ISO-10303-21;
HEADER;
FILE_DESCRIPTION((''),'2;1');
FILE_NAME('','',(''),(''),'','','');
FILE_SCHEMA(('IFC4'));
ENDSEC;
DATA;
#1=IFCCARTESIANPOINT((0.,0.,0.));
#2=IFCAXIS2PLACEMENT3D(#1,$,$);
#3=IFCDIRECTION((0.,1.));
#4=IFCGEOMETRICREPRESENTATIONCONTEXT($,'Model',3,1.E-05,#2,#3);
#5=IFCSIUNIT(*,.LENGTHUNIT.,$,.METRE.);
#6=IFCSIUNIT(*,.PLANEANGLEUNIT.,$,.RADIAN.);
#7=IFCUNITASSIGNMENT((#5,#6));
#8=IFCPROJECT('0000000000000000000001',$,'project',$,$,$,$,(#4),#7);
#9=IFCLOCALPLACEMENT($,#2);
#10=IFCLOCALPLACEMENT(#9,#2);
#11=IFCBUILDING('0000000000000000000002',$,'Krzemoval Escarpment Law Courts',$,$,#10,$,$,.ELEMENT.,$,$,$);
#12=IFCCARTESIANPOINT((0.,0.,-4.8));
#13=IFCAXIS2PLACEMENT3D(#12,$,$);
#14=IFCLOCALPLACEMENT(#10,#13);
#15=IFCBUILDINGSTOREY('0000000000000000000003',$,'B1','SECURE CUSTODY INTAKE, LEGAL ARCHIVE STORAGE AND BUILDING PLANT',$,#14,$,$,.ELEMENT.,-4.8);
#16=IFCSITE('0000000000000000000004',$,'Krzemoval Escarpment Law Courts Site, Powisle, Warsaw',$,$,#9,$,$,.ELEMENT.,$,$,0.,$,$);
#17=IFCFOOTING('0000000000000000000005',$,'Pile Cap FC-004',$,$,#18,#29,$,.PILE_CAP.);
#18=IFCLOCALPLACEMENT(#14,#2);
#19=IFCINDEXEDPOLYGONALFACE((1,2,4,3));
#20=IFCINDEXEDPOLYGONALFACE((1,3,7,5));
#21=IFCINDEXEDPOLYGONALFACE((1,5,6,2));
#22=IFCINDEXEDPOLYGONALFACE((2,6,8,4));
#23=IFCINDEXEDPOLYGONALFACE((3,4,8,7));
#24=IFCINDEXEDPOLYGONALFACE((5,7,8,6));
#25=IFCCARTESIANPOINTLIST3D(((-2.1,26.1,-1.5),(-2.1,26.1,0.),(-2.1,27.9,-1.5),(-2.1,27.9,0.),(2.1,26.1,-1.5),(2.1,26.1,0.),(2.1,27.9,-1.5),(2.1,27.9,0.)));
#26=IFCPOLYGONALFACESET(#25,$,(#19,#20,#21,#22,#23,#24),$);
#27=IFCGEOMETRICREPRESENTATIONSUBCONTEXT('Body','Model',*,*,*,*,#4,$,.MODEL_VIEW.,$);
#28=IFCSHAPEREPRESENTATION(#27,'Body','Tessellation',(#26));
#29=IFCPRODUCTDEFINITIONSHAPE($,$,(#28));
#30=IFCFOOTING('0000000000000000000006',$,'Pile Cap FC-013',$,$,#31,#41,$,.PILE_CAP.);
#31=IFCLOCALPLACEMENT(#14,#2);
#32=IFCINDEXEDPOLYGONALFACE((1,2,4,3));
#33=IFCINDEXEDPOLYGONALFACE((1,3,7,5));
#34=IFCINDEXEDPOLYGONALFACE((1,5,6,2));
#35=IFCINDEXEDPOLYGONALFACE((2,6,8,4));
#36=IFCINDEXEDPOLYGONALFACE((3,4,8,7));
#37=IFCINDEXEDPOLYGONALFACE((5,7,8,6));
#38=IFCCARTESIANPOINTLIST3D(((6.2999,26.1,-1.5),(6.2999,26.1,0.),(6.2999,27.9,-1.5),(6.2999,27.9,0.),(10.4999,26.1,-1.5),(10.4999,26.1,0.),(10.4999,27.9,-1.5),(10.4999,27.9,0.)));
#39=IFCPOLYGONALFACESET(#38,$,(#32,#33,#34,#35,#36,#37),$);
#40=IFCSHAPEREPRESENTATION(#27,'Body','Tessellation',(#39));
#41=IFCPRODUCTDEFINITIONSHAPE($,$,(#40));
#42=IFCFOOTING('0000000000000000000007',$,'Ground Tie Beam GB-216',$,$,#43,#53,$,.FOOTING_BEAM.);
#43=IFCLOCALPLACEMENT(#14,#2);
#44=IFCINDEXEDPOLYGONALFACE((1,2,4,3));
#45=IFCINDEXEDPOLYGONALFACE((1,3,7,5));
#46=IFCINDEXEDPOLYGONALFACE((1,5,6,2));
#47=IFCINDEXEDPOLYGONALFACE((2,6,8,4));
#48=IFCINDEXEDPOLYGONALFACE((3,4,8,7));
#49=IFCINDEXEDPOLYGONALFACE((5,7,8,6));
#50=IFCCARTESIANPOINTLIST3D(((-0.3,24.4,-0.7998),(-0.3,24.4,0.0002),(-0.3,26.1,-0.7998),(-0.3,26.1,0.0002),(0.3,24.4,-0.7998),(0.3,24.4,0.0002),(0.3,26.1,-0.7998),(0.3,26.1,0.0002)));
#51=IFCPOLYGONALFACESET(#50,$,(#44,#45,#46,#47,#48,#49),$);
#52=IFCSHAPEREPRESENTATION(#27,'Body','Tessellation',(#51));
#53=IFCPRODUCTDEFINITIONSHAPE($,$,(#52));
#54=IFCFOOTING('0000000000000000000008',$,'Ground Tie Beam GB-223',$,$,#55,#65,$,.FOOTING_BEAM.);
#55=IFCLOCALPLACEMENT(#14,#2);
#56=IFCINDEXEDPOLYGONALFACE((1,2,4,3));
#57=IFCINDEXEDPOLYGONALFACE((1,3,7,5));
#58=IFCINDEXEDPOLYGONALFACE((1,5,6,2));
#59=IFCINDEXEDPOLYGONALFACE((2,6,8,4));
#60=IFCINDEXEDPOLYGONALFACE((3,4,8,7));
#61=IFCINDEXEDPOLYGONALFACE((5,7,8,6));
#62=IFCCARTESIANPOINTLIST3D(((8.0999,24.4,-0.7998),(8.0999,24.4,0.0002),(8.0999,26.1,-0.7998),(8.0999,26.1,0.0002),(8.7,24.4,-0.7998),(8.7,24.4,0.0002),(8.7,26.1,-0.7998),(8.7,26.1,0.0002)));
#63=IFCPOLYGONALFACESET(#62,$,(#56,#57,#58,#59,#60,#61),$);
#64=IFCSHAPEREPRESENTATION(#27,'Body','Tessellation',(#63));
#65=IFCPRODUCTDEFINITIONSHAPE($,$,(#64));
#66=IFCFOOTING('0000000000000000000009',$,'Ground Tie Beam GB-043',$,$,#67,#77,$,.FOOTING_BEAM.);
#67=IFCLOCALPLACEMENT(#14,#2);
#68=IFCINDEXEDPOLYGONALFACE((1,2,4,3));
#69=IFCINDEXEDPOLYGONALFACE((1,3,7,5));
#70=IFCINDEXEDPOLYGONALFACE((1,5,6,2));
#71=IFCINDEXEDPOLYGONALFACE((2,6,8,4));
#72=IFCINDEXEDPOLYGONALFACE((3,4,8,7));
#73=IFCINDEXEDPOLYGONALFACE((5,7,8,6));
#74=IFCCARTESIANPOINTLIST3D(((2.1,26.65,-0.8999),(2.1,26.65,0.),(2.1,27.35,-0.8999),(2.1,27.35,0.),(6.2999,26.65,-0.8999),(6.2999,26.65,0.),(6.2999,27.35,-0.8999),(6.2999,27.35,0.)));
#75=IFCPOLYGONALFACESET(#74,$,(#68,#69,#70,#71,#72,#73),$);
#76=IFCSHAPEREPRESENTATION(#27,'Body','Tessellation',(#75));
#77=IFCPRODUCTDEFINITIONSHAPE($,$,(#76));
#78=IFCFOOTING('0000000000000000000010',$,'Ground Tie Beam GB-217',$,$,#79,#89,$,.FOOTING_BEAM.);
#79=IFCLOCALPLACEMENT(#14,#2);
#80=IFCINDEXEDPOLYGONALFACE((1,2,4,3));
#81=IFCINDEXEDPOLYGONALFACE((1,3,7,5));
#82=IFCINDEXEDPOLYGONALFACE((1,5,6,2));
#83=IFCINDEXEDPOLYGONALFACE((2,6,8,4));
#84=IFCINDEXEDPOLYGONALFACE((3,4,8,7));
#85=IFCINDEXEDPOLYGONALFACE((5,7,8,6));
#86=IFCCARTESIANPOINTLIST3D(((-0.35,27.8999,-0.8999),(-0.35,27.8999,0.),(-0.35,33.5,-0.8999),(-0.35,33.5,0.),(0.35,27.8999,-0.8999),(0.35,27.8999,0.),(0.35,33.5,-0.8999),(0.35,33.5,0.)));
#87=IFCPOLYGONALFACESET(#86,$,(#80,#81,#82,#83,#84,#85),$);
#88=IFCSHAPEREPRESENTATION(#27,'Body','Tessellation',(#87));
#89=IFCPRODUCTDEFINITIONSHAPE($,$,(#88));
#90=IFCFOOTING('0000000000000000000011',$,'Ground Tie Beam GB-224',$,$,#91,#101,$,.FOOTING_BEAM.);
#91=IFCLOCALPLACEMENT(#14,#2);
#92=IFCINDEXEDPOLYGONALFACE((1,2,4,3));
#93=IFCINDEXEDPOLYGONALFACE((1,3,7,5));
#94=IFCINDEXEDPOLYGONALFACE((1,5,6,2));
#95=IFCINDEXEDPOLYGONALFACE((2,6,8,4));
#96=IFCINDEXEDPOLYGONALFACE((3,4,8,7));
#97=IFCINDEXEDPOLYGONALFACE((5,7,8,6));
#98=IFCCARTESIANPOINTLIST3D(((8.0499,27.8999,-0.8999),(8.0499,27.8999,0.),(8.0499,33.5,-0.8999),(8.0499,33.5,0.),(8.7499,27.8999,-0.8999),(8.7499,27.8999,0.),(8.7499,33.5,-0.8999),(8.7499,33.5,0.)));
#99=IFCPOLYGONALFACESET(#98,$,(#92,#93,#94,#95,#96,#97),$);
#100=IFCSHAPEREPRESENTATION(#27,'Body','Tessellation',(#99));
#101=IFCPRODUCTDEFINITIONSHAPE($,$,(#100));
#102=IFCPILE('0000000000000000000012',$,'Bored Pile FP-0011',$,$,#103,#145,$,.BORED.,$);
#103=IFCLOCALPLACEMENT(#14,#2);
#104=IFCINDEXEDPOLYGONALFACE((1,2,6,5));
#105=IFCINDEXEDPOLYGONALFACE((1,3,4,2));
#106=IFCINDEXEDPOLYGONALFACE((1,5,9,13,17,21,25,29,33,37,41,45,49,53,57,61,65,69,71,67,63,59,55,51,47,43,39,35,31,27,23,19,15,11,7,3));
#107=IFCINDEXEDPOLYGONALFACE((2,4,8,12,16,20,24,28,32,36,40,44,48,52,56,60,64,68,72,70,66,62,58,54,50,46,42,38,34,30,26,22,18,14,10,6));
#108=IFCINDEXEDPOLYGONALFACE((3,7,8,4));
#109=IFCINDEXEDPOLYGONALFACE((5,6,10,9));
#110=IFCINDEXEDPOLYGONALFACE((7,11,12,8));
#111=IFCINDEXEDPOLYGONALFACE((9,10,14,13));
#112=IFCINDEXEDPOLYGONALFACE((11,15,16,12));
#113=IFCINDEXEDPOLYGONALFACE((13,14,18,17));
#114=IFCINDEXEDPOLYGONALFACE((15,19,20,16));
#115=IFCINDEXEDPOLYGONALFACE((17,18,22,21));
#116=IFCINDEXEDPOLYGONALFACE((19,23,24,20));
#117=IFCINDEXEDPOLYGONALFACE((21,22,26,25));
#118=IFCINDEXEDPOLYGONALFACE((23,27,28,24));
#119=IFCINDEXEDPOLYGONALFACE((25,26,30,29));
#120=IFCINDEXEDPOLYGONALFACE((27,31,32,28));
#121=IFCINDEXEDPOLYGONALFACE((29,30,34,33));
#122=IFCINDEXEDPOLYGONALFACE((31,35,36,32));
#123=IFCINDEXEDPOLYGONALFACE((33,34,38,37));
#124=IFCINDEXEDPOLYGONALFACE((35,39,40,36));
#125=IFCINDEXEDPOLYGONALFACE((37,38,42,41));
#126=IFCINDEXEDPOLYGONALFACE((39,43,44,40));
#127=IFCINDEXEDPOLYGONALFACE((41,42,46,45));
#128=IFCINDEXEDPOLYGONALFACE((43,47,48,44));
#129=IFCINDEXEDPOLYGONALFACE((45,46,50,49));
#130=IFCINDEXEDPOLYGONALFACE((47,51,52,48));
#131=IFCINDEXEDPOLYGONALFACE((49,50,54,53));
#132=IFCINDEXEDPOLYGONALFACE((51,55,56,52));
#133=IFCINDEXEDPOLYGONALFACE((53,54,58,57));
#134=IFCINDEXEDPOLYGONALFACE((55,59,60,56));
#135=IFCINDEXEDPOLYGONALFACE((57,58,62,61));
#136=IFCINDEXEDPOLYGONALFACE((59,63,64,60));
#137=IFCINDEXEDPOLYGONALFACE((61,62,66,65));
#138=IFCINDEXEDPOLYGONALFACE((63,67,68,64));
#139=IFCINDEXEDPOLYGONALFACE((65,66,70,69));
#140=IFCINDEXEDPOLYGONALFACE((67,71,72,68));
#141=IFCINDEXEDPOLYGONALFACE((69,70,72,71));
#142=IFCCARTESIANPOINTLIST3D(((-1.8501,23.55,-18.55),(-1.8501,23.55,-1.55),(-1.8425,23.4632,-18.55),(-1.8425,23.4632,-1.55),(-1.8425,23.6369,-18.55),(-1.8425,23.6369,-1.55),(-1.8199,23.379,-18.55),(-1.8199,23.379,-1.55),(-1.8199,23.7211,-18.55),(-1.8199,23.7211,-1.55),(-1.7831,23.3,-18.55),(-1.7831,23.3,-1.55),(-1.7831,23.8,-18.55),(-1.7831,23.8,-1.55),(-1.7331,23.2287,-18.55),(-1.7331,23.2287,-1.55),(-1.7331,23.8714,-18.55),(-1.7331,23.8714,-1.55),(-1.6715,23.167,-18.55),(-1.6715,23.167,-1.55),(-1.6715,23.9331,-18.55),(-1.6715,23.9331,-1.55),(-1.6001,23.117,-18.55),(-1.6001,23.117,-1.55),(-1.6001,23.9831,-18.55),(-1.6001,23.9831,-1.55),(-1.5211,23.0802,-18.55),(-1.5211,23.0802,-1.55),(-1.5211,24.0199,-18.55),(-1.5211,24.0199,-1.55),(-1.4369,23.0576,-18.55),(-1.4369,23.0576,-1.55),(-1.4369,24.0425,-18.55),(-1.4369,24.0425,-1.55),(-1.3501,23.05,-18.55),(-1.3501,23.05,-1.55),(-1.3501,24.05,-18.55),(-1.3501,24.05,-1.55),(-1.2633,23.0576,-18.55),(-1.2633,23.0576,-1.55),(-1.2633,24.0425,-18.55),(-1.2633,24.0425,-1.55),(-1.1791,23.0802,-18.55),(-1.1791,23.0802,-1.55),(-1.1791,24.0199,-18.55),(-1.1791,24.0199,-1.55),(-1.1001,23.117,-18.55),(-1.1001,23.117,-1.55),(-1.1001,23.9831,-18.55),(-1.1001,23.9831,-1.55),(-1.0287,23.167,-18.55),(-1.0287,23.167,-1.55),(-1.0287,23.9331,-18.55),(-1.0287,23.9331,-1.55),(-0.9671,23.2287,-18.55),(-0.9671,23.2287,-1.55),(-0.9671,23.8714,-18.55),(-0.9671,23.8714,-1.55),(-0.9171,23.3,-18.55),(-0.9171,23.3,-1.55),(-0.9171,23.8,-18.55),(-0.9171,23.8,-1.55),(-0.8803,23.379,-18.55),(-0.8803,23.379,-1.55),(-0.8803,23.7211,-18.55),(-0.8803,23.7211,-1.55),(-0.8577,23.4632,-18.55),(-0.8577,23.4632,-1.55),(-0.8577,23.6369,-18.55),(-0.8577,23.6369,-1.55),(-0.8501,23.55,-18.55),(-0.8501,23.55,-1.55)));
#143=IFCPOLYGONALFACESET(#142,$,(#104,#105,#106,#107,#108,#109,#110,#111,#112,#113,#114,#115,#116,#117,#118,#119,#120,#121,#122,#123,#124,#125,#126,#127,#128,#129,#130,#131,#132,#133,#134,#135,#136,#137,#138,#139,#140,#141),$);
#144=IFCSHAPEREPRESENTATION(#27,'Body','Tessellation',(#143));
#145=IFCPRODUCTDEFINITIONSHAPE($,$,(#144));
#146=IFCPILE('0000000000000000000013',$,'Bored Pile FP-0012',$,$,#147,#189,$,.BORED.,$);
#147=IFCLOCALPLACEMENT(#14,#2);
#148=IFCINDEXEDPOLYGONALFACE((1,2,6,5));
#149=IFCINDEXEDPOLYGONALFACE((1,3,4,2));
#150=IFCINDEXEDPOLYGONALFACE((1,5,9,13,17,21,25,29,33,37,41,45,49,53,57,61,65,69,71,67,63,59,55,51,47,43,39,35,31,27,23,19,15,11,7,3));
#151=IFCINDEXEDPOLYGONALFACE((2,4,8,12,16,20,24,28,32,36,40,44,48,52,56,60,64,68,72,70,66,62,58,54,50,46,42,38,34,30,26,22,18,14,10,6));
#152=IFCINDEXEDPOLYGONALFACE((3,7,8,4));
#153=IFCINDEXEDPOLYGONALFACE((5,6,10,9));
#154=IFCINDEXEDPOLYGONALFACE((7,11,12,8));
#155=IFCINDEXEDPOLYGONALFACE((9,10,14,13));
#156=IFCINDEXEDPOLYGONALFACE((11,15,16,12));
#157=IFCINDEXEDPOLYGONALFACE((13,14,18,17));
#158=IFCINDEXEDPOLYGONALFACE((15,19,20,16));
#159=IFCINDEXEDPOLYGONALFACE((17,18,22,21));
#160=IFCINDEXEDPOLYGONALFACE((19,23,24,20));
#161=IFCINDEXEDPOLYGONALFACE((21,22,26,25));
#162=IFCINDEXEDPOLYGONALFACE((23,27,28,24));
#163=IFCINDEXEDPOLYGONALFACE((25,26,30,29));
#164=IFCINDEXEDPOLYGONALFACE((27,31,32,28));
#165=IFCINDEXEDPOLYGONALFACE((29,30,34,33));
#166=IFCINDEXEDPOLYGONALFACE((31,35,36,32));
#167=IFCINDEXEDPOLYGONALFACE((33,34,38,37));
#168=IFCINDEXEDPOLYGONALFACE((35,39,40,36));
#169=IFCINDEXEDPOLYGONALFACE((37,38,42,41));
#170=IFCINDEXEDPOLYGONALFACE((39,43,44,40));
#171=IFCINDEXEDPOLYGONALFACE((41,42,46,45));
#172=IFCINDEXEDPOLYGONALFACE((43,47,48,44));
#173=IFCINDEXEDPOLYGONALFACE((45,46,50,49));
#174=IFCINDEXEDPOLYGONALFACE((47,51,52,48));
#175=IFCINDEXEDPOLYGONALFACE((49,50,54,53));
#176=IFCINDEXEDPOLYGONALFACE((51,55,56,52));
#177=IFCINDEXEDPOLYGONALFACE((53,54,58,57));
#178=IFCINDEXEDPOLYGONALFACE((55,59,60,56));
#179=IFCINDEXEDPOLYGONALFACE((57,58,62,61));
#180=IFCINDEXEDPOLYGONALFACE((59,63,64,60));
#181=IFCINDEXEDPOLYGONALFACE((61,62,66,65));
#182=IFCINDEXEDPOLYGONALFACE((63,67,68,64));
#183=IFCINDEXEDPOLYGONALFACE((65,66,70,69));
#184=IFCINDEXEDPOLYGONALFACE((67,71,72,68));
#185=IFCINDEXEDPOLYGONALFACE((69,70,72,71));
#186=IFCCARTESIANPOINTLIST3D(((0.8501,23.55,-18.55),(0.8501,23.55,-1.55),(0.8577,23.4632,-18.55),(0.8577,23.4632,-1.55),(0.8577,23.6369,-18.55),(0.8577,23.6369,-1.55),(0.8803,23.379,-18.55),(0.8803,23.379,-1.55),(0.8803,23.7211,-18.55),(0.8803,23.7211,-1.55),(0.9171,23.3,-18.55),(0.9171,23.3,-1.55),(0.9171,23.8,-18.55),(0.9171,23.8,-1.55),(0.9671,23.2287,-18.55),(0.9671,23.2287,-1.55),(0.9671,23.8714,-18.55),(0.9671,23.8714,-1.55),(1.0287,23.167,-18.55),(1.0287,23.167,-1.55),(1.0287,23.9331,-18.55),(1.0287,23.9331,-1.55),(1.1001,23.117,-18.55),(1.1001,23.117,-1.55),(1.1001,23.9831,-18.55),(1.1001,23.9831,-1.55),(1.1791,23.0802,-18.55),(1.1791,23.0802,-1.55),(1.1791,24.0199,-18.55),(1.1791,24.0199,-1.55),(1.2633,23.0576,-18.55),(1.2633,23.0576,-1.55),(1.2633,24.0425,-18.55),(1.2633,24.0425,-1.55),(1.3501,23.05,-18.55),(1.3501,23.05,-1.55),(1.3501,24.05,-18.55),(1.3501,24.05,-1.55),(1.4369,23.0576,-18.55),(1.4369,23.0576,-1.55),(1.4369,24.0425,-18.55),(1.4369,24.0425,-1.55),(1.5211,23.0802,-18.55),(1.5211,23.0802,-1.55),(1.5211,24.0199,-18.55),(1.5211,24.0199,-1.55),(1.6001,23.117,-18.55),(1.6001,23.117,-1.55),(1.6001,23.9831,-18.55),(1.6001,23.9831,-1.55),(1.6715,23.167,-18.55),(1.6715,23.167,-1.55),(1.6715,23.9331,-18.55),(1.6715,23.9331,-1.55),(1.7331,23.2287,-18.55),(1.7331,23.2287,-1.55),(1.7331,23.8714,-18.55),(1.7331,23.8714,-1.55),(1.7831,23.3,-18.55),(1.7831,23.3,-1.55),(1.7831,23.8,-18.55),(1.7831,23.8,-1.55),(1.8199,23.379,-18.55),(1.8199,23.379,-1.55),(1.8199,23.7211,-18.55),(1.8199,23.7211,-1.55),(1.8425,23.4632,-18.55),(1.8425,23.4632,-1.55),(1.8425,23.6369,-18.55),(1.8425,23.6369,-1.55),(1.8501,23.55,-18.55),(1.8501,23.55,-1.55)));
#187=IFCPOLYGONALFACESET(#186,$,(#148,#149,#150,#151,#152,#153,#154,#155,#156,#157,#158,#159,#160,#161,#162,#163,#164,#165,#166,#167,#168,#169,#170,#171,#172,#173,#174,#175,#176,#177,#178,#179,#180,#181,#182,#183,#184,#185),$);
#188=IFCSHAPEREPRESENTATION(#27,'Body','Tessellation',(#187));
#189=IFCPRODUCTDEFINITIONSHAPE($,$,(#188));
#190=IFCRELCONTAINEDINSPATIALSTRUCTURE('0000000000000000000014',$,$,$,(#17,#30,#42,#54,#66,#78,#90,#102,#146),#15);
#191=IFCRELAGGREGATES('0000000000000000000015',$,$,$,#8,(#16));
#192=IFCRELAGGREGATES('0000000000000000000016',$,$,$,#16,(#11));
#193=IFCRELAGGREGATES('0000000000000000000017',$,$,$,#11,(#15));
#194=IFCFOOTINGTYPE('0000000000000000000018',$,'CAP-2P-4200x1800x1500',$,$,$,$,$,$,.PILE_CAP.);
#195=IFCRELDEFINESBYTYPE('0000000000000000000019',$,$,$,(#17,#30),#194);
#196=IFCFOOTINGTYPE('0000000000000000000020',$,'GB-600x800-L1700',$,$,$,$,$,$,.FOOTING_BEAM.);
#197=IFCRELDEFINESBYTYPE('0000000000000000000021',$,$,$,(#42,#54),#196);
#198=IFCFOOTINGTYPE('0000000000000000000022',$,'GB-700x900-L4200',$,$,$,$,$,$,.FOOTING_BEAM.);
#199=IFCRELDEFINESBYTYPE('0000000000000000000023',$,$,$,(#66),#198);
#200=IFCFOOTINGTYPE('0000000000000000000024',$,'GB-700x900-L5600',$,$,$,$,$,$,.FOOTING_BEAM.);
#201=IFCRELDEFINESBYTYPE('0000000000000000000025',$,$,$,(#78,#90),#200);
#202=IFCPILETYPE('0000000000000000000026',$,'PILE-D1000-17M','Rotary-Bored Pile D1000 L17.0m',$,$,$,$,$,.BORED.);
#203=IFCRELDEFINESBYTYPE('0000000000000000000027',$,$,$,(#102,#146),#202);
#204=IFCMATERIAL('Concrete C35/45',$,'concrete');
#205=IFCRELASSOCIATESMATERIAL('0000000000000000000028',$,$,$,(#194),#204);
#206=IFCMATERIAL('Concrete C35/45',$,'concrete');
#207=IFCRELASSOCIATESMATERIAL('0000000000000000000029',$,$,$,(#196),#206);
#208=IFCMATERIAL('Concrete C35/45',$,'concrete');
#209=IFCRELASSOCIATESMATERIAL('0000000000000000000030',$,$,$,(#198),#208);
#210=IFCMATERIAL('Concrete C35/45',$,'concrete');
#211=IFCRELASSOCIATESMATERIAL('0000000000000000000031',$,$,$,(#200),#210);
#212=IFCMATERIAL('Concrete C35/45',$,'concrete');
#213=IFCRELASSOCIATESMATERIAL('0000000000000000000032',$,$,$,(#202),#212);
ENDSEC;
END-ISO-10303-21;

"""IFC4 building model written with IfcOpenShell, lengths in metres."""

from ifc_helpers import new_model, si_unit, direction, frame, origin, origin_2d, place, context, subcontext, project, spatial, rectangle, circle, extrude, material, material_profile, profile_set, type_object, element, save


model = new_model("IFC4")

# Units and contexts
model_context = context("Model", 3, precision=1e-05, world=origin(), true_north=direction((0.0, 1.0)))
body_context = subcontext(model_context, "Body", "Model", "MODEL_VIEW")
ifc_project = project(units=[si_unit("LENGTHUNIT", "METRE"), si_unit("PLANEANGLEUNIT", "RADIAN")], contexts=[model_context])

# Site, building, storey
site_placement = place(None, origin())
site = spatial("IfcSite", under=ifc_project, at=site_placement, Name="Krzemoval Escarpment Law Courts Site, Powisle, Warsaw", CompositionType="ELEMENT", RefElevation=0.0)
building_placement = place(site_placement, origin())
building = spatial("IfcBuilding", under=site, at=building_placement, Name="Krzemoval Escarpment Law Courts", CompositionType="ELEMENT")
storey_placement = place(building_placement, frame((0.0, 0.0, -4.8)))
storey = spatial("IfcBuildingStorey", under=building, at=storey_placement, Name="B1", Description="SECURE CUSTODY INTAKE, LEGAL ARCHIVE STORAGE AND BUILDING PLANT", CompositionType="ELEMENT", Elevation=-4.8)

# Footings
ifc_material_1 = material(Name="Concrete C35/45", Category="concrete")
footing_type_1 = type_object("IfcFootingType", Name="CAP-2P-4200x1800x1500", PredefinedType="PILE_CAP", material=ifc_material_1)
for number, where, z_axis, x_axis, name in (
    (1, (0.0, 27.0, -1.5), (0.0, 0.0, 1.0), (1.0, 0.0, 0.0), "Pile Cap FC-004"),
    (2, (8.3999, 27.0, -1.5), (0.0, 0.0, 1.0), (1.0, 0.0, 0.0), "Pile Cap FC-013"),
):
    element("IfcFooting", number, at=place(storey_placement, frame(where, z_axis=z_axis, x_axis=x_axis)), inside=storey, type_object=footing_type_1, Name=name, PredefinedType="PILE_CAP", context=body_context, shape_type="SweptSolid", body=[
        extrude(rectangle(XDim=4.2, YDim=1.8, at=origin_2d()), origin(), (0.0, 0.0, 1.0), 1.5),
    ])
ifc_material_2 = material(Name="Concrete C35/45", Category="concrete")
footing_type_2 = type_object("IfcFootingType", Name="GB-600x800-L1700", PredefinedType="FOOTING_BEAM", material=ifc_material_2)
for number, where, z_axis, x_axis, name in (
    (3, (0.0, 25.25, -0.7998), (0.0, 0.0, 1.0), (0.0, 1.0, 0.0), "Ground Tie Beam GB-216"),
    (4, (8.3999, 25.25, -0.7998), (0.0, 0.0, 1.0), (0.0, 1.0, 0.0), "Ground Tie Beam GB-223"),
):
    element("IfcFooting", number, at=place(storey_placement, frame(where, z_axis=z_axis, x_axis=x_axis)), inside=storey, type_object=footing_type_2, Name=name, PredefinedType="FOOTING_BEAM", context=body_context, shape_type="SweptSolid", body=[
        extrude(rectangle(XDim=1.7, YDim=0.6001, at=origin_2d()), origin(), (0.0, 0.0, 1.0), 0.8),
    ])
ifc_material_3 = material(Name="Concrete C35/45", Category="concrete")
footing_type_3 = type_object("IfcFootingType", Name="GB-700x900-L4200", PredefinedType="FOOTING_BEAM", material=ifc_material_3)
footing_placement = place(storey_placement, frame((4.2, 27.0, -0.8999), z_axis=(0.0, 0.0, 1.0), x_axis=(1.0, 0.0, 0.0)))
element("IfcFooting", 5, at=footing_placement, inside=storey, type_object=footing_type_3, Name="Ground Tie Beam GB-043", PredefinedType="FOOTING_BEAM", context=body_context, shape_type="SweptSolid", body=[
    extrude(rectangle(XDim=4.2, YDim=0.7, at=origin_2d()), origin(), (0.0, 0.0, 1.0), 0.8999),
])
ifc_material_4 = material(Name="Concrete C35/45", Category="concrete")
footing_type_4 = type_object("IfcFootingType", Name="GB-700x900-L5600", PredefinedType="FOOTING_BEAM", material=ifc_material_4)
for number, where, z_axis, x_axis, name in (
    (6, (0.0, 30.7, -0.8999), (0.0, 0.0, 1.0), (0.0, 1.0, 0.0), "Ground Tie Beam GB-217"),
    (7, (8.3999, 30.7, -0.8999), (0.0, 0.0, 1.0), (0.0, 1.0, 0.0), "Ground Tie Beam GB-224"),
):
    element("IfcFooting", number, at=place(storey_placement, frame(where, z_axis=z_axis, x_axis=x_axis)), inside=storey, type_object=footing_type_4, Name=name, PredefinedType="FOOTING_BEAM", context=body_context, shape_type="SweptSolid", body=[
        extrude(rectangle(XDim=5.6001, YDim=0.7, at=origin_2d()), origin(), (0.0, 0.0, 1.0), 0.8999),
    ])

# Piles
ifc_material_5 = material(Name="Concrete C35/45", Category="concrete")
ifc_material_profile_1 = material_profile(ifc_material_5, circle(Radius=0.5, at=origin_2d()), Name="PILE D1000")
ifc_profile_set_1 = profile_set([ifc_material_profile_1], Name="Concrete C35/45")
pile_type_1 = type_object("IfcPileType", Name="PILE-D1000-17M", Description="Rotary-Bored Pile D1000 L17.0m", PredefinedType="BORED", material=ifc_profile_set_1)
for number, where, z_axis, x_axis, name in (
    (8, (-1.3501, 23.55, -1.55), (0.0, 0.0, -1.0), (1.0, 0.0, 0.0), "Bored Pile FP-0011"),
    (9, (1.3501, 23.55, -1.55), (0.0, 0.0, -1.0), (1.0, 0.0, 0.0), "Bored Pile FP-0012"),
):
    element("IfcPile", number, at=place(storey_placement, frame(where, z_axis=z_axis, x_axis=x_axis)), inside=storey, type_object=pile_type_1, Name=name, PredefinedType="BORED", context=body_context, shape_type="SweptSolid", body=[
        extrude(circle(Radius=0.5, at=origin_2d()), origin(), (0.0, 0.0, 1.0), 17.0),
    ])

save(model, "model.ifc")
